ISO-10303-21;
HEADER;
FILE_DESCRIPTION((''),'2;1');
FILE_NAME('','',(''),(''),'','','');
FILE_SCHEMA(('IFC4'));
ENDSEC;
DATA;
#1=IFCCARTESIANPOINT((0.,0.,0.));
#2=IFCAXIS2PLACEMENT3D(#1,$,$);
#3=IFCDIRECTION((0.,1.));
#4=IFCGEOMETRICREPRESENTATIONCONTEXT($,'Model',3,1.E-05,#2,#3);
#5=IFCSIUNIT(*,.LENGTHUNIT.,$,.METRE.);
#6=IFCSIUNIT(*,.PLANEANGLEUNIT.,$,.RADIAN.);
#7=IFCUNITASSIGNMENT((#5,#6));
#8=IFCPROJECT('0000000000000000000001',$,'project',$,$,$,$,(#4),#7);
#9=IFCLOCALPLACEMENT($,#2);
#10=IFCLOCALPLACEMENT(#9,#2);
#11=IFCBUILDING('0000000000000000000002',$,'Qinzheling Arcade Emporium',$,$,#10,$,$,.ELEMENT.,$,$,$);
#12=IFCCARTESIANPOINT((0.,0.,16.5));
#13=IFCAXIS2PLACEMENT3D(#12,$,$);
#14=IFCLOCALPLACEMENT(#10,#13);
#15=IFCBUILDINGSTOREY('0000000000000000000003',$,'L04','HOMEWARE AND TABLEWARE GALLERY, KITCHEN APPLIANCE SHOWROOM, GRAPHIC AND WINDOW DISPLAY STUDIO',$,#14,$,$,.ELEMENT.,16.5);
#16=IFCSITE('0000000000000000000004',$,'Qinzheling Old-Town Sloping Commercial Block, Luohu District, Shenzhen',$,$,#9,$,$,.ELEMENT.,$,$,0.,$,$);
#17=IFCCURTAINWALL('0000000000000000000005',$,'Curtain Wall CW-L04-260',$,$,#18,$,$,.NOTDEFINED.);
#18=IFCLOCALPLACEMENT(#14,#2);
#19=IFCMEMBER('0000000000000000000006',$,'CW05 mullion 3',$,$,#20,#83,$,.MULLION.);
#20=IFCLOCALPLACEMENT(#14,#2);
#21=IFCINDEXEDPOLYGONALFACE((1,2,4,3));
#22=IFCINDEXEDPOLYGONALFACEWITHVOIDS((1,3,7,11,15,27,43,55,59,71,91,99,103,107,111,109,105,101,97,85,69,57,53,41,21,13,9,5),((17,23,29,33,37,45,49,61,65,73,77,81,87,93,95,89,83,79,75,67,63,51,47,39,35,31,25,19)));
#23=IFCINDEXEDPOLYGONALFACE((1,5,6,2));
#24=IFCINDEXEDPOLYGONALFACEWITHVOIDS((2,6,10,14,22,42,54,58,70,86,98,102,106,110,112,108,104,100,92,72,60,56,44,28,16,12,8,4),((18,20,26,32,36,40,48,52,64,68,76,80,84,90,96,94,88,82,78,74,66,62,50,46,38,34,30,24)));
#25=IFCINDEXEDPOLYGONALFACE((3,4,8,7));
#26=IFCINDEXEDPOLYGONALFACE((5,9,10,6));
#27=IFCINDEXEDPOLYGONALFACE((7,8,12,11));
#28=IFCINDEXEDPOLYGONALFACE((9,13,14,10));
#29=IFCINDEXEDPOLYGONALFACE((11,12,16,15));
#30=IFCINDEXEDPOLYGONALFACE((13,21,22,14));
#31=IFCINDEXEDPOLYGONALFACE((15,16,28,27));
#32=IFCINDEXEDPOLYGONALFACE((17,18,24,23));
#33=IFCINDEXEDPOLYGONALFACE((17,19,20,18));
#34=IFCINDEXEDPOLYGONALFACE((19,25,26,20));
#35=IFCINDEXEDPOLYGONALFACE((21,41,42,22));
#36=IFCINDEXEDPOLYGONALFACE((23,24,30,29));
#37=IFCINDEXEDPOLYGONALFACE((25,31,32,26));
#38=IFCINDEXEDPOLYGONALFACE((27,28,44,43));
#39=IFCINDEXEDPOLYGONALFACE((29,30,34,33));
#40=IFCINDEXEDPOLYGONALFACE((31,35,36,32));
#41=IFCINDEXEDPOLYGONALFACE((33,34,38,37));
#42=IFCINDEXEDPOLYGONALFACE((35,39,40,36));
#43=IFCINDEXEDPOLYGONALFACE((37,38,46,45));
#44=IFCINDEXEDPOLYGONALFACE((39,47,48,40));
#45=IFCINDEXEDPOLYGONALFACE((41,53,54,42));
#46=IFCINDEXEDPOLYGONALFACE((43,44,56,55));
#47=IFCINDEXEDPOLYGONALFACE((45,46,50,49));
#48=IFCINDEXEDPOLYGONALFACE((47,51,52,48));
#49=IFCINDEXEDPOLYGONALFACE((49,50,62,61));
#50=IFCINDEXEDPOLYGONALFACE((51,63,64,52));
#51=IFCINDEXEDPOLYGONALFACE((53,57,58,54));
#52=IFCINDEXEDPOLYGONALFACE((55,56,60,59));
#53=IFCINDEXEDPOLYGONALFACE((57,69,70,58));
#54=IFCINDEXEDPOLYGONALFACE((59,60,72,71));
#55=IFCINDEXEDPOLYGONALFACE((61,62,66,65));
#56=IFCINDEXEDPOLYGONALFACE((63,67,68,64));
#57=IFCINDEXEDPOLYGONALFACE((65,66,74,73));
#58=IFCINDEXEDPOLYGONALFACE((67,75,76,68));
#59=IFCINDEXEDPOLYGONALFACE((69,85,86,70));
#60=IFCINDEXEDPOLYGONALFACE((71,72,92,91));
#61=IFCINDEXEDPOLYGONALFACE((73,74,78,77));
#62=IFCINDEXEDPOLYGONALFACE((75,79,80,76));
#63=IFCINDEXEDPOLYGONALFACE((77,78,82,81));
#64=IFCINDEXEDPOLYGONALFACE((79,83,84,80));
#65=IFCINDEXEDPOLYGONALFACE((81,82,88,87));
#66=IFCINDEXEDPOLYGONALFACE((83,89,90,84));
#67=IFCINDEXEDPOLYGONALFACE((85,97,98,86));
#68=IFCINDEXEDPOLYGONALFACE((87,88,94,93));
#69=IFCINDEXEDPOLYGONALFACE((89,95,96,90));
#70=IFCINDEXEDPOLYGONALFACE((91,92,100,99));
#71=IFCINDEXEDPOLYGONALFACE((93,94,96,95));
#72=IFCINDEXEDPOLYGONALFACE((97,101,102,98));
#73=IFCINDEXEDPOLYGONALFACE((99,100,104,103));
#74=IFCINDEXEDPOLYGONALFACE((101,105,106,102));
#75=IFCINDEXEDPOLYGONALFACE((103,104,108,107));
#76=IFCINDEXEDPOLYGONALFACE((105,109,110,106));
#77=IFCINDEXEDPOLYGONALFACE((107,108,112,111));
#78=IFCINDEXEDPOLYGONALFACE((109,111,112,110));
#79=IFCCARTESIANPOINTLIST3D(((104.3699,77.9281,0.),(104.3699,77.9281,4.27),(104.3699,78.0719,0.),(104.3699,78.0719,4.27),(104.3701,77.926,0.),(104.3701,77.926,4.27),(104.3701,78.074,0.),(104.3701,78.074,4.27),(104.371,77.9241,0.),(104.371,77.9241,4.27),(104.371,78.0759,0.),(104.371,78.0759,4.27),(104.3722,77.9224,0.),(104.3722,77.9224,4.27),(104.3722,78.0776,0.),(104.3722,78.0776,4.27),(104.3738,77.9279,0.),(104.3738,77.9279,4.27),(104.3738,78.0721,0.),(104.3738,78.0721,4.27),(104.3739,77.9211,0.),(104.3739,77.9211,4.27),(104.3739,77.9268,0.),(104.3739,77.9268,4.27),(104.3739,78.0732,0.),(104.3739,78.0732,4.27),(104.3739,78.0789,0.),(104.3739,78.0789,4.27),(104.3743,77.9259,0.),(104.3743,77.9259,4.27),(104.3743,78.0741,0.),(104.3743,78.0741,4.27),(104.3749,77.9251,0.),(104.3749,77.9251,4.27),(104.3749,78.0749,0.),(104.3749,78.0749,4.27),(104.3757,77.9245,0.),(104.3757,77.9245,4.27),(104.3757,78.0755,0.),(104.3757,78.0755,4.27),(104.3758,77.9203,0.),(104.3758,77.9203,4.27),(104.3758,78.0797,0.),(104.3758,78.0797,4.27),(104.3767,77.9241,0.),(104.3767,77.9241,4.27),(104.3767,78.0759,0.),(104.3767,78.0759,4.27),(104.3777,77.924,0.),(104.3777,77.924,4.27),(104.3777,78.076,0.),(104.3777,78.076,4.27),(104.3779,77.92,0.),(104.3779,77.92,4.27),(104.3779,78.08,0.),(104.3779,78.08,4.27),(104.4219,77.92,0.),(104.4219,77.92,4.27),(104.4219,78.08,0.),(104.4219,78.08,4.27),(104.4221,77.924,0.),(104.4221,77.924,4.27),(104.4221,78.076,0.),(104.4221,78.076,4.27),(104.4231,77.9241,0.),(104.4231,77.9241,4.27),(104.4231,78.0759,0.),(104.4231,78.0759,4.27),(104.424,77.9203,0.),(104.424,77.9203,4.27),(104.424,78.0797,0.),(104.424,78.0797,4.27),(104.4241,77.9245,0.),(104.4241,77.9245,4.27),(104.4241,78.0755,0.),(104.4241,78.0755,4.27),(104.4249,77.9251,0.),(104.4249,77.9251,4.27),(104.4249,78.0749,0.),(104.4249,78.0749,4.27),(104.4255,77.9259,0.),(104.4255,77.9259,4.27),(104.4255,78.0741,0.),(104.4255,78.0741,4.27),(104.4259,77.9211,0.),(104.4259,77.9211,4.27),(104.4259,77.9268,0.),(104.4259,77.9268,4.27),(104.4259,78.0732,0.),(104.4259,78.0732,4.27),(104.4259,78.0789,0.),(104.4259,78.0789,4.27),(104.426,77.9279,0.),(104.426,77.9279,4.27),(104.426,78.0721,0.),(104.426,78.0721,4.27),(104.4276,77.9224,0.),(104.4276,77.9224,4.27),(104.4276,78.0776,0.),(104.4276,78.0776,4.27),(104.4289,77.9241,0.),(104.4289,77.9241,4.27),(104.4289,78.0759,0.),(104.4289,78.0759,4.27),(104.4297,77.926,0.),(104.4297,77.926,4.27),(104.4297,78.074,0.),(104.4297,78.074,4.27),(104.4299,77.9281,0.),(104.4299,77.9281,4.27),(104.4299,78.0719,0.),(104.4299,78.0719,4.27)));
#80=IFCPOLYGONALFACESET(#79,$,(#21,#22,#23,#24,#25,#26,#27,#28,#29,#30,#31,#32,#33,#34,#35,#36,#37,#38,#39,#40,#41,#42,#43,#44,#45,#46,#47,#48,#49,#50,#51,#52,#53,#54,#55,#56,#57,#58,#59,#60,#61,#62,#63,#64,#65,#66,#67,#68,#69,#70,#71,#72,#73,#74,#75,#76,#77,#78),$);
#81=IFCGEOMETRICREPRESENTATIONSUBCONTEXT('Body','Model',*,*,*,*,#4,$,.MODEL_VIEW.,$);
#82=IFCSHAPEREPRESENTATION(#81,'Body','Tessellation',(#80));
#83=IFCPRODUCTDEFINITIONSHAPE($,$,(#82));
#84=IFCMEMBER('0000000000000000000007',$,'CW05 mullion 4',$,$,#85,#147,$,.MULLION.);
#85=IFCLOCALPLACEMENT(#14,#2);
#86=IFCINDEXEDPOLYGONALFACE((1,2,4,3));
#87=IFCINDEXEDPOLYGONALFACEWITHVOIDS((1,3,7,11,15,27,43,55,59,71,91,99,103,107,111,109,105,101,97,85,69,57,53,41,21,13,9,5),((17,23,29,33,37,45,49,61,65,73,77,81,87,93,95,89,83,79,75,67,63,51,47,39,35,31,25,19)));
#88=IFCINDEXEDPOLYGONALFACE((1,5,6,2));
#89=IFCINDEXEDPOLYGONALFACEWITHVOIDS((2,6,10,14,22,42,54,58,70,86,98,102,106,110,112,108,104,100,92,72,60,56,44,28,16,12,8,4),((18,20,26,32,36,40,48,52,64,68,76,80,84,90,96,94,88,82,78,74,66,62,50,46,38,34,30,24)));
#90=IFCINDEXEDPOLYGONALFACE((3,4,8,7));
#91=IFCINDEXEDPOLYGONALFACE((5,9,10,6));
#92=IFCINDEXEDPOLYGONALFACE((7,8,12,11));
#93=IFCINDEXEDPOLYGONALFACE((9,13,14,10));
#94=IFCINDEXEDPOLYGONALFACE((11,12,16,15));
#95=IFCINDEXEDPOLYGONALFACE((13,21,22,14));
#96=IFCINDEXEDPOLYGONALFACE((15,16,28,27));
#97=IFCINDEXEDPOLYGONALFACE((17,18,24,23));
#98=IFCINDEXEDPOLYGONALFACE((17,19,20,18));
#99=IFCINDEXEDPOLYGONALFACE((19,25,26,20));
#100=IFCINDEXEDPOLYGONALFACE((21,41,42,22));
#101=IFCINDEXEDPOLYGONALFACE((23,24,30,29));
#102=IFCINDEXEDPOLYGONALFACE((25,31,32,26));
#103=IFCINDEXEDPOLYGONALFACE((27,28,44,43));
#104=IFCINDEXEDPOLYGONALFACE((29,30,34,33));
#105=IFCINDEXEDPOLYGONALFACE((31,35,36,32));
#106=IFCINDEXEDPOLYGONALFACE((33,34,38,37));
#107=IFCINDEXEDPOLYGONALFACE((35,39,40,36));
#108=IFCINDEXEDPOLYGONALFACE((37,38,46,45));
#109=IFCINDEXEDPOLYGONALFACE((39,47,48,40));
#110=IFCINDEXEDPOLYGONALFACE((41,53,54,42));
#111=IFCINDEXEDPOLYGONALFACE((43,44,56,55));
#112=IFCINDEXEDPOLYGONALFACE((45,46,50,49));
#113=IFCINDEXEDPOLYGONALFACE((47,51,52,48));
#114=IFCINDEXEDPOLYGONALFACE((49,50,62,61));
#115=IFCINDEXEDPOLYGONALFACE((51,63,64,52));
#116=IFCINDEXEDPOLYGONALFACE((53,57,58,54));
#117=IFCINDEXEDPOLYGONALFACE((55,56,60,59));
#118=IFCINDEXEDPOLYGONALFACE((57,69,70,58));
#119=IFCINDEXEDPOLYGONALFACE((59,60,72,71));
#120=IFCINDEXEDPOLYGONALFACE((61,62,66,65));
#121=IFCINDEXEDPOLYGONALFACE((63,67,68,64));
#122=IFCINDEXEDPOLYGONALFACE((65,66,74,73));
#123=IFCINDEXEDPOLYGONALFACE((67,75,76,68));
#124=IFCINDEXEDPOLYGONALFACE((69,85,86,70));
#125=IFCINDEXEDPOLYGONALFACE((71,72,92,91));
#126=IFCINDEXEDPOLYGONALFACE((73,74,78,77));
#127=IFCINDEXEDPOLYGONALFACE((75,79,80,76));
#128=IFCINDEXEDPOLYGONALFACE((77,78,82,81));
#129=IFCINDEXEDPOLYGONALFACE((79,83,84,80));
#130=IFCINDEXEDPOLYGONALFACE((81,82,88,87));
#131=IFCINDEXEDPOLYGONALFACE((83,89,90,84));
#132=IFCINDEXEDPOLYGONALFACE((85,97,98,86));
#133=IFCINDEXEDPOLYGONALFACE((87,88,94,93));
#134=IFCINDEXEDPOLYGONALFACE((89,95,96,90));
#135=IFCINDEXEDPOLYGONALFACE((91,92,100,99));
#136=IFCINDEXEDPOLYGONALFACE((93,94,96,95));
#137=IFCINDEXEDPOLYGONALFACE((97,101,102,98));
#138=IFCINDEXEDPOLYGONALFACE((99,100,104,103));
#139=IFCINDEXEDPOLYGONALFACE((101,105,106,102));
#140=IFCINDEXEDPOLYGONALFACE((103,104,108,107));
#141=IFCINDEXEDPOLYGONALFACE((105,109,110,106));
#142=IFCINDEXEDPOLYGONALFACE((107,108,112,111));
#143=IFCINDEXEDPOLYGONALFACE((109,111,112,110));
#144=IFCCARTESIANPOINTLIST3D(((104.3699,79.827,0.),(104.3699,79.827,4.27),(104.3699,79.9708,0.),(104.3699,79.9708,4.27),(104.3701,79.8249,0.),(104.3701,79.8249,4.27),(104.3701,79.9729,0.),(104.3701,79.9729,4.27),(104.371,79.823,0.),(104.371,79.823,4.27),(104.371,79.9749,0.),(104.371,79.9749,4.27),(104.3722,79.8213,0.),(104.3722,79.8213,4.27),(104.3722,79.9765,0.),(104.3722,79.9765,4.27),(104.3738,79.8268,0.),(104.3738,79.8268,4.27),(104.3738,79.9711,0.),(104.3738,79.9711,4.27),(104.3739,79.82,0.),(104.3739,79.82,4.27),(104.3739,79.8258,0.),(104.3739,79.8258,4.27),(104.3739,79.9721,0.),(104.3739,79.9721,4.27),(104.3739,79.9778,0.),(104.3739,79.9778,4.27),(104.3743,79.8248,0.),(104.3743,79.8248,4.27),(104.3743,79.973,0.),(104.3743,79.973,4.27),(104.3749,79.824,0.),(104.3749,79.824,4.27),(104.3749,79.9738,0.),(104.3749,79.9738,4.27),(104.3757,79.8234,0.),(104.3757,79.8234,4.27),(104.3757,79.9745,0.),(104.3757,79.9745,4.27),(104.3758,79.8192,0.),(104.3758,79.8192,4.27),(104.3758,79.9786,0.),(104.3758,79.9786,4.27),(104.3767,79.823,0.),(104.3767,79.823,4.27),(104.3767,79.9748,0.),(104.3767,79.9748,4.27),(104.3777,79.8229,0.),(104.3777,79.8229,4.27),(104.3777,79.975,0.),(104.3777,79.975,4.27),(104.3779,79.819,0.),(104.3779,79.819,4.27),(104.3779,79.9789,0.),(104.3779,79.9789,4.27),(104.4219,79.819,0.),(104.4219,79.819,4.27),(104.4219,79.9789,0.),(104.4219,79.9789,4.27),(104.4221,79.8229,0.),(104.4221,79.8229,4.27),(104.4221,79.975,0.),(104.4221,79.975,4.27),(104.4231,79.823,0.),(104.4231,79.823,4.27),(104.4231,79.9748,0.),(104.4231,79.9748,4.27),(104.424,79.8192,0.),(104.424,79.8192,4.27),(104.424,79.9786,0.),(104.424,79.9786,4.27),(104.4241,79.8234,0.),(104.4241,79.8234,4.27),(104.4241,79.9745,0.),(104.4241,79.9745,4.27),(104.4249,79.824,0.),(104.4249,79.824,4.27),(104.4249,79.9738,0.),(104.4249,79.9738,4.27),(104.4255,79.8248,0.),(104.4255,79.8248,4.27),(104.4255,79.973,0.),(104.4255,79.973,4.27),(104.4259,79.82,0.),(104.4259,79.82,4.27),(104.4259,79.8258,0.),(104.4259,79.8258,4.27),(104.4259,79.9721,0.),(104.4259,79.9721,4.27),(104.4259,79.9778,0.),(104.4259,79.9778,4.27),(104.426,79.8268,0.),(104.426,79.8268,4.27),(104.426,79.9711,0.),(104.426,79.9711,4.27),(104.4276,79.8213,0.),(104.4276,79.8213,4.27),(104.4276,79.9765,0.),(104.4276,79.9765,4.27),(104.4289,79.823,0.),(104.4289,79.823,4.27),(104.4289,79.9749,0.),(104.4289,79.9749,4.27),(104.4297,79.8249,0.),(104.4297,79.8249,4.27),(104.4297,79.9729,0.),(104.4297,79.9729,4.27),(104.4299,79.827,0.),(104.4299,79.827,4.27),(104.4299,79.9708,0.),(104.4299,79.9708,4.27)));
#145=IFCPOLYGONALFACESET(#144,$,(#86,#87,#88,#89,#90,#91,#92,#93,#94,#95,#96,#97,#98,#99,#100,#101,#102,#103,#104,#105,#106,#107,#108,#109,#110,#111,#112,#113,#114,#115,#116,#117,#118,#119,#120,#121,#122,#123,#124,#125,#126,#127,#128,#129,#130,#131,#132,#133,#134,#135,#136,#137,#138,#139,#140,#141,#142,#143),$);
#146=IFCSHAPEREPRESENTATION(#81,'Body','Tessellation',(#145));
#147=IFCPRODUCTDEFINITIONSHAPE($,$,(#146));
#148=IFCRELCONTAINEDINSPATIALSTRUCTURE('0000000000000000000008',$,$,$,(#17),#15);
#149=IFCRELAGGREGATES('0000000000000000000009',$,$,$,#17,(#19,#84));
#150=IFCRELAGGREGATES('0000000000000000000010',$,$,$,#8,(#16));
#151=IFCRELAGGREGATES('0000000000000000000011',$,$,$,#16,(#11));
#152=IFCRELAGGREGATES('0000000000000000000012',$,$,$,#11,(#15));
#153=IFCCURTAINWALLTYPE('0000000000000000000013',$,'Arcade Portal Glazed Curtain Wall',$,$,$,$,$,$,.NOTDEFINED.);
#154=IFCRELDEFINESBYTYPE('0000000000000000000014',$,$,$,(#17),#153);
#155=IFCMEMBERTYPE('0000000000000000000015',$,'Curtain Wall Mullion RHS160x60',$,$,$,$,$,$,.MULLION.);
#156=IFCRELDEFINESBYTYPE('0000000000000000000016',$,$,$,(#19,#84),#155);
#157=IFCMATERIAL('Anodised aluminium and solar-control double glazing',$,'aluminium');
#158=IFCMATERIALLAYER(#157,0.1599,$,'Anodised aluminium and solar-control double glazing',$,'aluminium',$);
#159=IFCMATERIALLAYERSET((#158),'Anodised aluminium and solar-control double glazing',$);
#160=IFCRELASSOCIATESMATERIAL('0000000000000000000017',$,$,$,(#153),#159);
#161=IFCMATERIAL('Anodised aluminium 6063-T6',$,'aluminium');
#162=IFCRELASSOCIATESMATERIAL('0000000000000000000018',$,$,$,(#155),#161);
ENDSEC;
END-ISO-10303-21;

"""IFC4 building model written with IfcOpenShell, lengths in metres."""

from ifc_helpers import new_model, si_unit, direction, frame, origin, origin_2d, place, context, subcontext, project, spatial, hollow_rectangle, extrude, material, layer, layer_set, material_profile, profile_set, type_object, element, aggregate, save


model = new_model("IFC4")

# Units and contexts
model_context = context("Model", 3, precision=1e-05, world=origin(), true_north=direction((0.0, 1.0)))
body_context = subcontext(model_context, "Body", "Model", "MODEL_VIEW")
ifc_project = project(units=[si_unit("LENGTHUNIT", "METRE"), si_unit("PLANEANGLEUNIT", "RADIAN")], contexts=[model_context])

# Site, building, storey
site_placement = place(None, origin())
site = spatial("IfcSite", under=ifc_project, at=site_placement, Name="Qinzheling Old-Town Sloping Commercial Block, Luohu District, Shenzhen", CompositionType="ELEMENT", RefElevation=0.0)
building_placement = place(site_placement, origin())
building = spatial("IfcBuilding", under=site, at=building_placement, Name="Qinzheling Arcade Emporium", CompositionType="ELEMENT")
storey_placement = place(building_placement, frame((0.0, 0.0, 16.5)))
storey = spatial("IfcBuildingStorey", under=building, at=storey_placement, Name="L04", Description="HOMEWARE AND TABLEWARE GALLERY, KITCHEN APPLIANCE SHOWROOM, GRAPHIC AND WINDOW DISPLAY STUDIO", CompositionType="ELEMENT", Elevation=16.5)

# Curtain wall, members
ifc_material_1 = material(Name="Anodised aluminium and solar-control double glazing", Category="aluminium")
ifc_layer_1 = layer(ifc_material_1, 0.1599, Name="Anodised aluminium and solar-control double glazing", Category="aluminium")
ifc_layer_set_1 = layer_set([ifc_layer_1], Name="Anodised aluminium and solar-control double glazing")
curtain_wall_type = type_object("IfcCurtainWallType", Name="Arcade Portal Glazed Curtain Wall", PredefinedType="NOTDEFINED", material=ifc_layer_set_1)
curtain_wall_1_placement = place(storey_placement, origin())
curtain_wall_1 = element("IfcCurtainWall", 1, at=curtain_wall_1_placement, inside=storey, type_object=curtain_wall_type, Name="Curtain Wall CW-L04-260", PredefinedType="NOTDEFINED")
ifc_material_2 = material(Name="Anodised aluminium 6063-T6", Category="aluminium")
ifc_material_profile_1 = material_profile(ifc_material_2, hollow_rectangle(XDim=0.0601, YDim=0.1599, WallThickness=0.0039, InnerFilletRadius=0.0039, OuterFilletRadius=0.0081, at=origin_2d()), Name="RHS 160x60x4", Category="aluminium")
ifc_profile_set_1 = profile_set([ifc_material_profile_1], Name="Anodised aluminium 6063-T6")
member_type_1 = type_object("IfcMemberType", Name="Curtain Wall Mullion RHS160x60", PredefinedType="MULLION", material=ifc_profile_set_1)
member_1_placement = place(storey_placement, frame((104.3999, 78.0, 0.0), z_axis=(0.0, 0.0, 1.0), x_axis=(-1.0, 0.0, 0.0)))
member_1 = element("IfcMember", 2, at=member_1_placement, type_object=member_type_1, Name="CW05 mullion 3", PredefinedType="MULLION", context=body_context, shape_type="SweptSolid", body=[
    extrude(hollow_rectangle(XDim=0.0601, YDim=0.1599, WallThickness=0.0039, InnerFilletRadius=0.0039, OuterFilletRadius=0.0081, at=origin_2d()), origin(), (0.0, 0.0, 1.0), 4.27),
])
member_2_placement = place(storey_placement, frame((104.3999, 79.8989, 0.0), z_axis=(0.0, 0.0, 1.0), x_axis=(-1.0, 0.0, 0.0)))
member_2 = element("IfcMember", 3, at=member_2_placement, type_object=member_type_1, Name="CW05 mullion 4", PredefinedType="MULLION", context=body_context, shape_type="SweptSolid", body=[
    extrude(hollow_rectangle(XDim=0.0601, YDim=0.1599, WallThickness=0.0039, InnerFilletRadius=0.0039, OuterFilletRadius=0.0081, at=origin_2d()), origin(), (0.0, 0.0, 1.0), 4.27),
])

aggregate(curtain_wall_1, [member_1, member_2])

save(model, "model.ifc")
